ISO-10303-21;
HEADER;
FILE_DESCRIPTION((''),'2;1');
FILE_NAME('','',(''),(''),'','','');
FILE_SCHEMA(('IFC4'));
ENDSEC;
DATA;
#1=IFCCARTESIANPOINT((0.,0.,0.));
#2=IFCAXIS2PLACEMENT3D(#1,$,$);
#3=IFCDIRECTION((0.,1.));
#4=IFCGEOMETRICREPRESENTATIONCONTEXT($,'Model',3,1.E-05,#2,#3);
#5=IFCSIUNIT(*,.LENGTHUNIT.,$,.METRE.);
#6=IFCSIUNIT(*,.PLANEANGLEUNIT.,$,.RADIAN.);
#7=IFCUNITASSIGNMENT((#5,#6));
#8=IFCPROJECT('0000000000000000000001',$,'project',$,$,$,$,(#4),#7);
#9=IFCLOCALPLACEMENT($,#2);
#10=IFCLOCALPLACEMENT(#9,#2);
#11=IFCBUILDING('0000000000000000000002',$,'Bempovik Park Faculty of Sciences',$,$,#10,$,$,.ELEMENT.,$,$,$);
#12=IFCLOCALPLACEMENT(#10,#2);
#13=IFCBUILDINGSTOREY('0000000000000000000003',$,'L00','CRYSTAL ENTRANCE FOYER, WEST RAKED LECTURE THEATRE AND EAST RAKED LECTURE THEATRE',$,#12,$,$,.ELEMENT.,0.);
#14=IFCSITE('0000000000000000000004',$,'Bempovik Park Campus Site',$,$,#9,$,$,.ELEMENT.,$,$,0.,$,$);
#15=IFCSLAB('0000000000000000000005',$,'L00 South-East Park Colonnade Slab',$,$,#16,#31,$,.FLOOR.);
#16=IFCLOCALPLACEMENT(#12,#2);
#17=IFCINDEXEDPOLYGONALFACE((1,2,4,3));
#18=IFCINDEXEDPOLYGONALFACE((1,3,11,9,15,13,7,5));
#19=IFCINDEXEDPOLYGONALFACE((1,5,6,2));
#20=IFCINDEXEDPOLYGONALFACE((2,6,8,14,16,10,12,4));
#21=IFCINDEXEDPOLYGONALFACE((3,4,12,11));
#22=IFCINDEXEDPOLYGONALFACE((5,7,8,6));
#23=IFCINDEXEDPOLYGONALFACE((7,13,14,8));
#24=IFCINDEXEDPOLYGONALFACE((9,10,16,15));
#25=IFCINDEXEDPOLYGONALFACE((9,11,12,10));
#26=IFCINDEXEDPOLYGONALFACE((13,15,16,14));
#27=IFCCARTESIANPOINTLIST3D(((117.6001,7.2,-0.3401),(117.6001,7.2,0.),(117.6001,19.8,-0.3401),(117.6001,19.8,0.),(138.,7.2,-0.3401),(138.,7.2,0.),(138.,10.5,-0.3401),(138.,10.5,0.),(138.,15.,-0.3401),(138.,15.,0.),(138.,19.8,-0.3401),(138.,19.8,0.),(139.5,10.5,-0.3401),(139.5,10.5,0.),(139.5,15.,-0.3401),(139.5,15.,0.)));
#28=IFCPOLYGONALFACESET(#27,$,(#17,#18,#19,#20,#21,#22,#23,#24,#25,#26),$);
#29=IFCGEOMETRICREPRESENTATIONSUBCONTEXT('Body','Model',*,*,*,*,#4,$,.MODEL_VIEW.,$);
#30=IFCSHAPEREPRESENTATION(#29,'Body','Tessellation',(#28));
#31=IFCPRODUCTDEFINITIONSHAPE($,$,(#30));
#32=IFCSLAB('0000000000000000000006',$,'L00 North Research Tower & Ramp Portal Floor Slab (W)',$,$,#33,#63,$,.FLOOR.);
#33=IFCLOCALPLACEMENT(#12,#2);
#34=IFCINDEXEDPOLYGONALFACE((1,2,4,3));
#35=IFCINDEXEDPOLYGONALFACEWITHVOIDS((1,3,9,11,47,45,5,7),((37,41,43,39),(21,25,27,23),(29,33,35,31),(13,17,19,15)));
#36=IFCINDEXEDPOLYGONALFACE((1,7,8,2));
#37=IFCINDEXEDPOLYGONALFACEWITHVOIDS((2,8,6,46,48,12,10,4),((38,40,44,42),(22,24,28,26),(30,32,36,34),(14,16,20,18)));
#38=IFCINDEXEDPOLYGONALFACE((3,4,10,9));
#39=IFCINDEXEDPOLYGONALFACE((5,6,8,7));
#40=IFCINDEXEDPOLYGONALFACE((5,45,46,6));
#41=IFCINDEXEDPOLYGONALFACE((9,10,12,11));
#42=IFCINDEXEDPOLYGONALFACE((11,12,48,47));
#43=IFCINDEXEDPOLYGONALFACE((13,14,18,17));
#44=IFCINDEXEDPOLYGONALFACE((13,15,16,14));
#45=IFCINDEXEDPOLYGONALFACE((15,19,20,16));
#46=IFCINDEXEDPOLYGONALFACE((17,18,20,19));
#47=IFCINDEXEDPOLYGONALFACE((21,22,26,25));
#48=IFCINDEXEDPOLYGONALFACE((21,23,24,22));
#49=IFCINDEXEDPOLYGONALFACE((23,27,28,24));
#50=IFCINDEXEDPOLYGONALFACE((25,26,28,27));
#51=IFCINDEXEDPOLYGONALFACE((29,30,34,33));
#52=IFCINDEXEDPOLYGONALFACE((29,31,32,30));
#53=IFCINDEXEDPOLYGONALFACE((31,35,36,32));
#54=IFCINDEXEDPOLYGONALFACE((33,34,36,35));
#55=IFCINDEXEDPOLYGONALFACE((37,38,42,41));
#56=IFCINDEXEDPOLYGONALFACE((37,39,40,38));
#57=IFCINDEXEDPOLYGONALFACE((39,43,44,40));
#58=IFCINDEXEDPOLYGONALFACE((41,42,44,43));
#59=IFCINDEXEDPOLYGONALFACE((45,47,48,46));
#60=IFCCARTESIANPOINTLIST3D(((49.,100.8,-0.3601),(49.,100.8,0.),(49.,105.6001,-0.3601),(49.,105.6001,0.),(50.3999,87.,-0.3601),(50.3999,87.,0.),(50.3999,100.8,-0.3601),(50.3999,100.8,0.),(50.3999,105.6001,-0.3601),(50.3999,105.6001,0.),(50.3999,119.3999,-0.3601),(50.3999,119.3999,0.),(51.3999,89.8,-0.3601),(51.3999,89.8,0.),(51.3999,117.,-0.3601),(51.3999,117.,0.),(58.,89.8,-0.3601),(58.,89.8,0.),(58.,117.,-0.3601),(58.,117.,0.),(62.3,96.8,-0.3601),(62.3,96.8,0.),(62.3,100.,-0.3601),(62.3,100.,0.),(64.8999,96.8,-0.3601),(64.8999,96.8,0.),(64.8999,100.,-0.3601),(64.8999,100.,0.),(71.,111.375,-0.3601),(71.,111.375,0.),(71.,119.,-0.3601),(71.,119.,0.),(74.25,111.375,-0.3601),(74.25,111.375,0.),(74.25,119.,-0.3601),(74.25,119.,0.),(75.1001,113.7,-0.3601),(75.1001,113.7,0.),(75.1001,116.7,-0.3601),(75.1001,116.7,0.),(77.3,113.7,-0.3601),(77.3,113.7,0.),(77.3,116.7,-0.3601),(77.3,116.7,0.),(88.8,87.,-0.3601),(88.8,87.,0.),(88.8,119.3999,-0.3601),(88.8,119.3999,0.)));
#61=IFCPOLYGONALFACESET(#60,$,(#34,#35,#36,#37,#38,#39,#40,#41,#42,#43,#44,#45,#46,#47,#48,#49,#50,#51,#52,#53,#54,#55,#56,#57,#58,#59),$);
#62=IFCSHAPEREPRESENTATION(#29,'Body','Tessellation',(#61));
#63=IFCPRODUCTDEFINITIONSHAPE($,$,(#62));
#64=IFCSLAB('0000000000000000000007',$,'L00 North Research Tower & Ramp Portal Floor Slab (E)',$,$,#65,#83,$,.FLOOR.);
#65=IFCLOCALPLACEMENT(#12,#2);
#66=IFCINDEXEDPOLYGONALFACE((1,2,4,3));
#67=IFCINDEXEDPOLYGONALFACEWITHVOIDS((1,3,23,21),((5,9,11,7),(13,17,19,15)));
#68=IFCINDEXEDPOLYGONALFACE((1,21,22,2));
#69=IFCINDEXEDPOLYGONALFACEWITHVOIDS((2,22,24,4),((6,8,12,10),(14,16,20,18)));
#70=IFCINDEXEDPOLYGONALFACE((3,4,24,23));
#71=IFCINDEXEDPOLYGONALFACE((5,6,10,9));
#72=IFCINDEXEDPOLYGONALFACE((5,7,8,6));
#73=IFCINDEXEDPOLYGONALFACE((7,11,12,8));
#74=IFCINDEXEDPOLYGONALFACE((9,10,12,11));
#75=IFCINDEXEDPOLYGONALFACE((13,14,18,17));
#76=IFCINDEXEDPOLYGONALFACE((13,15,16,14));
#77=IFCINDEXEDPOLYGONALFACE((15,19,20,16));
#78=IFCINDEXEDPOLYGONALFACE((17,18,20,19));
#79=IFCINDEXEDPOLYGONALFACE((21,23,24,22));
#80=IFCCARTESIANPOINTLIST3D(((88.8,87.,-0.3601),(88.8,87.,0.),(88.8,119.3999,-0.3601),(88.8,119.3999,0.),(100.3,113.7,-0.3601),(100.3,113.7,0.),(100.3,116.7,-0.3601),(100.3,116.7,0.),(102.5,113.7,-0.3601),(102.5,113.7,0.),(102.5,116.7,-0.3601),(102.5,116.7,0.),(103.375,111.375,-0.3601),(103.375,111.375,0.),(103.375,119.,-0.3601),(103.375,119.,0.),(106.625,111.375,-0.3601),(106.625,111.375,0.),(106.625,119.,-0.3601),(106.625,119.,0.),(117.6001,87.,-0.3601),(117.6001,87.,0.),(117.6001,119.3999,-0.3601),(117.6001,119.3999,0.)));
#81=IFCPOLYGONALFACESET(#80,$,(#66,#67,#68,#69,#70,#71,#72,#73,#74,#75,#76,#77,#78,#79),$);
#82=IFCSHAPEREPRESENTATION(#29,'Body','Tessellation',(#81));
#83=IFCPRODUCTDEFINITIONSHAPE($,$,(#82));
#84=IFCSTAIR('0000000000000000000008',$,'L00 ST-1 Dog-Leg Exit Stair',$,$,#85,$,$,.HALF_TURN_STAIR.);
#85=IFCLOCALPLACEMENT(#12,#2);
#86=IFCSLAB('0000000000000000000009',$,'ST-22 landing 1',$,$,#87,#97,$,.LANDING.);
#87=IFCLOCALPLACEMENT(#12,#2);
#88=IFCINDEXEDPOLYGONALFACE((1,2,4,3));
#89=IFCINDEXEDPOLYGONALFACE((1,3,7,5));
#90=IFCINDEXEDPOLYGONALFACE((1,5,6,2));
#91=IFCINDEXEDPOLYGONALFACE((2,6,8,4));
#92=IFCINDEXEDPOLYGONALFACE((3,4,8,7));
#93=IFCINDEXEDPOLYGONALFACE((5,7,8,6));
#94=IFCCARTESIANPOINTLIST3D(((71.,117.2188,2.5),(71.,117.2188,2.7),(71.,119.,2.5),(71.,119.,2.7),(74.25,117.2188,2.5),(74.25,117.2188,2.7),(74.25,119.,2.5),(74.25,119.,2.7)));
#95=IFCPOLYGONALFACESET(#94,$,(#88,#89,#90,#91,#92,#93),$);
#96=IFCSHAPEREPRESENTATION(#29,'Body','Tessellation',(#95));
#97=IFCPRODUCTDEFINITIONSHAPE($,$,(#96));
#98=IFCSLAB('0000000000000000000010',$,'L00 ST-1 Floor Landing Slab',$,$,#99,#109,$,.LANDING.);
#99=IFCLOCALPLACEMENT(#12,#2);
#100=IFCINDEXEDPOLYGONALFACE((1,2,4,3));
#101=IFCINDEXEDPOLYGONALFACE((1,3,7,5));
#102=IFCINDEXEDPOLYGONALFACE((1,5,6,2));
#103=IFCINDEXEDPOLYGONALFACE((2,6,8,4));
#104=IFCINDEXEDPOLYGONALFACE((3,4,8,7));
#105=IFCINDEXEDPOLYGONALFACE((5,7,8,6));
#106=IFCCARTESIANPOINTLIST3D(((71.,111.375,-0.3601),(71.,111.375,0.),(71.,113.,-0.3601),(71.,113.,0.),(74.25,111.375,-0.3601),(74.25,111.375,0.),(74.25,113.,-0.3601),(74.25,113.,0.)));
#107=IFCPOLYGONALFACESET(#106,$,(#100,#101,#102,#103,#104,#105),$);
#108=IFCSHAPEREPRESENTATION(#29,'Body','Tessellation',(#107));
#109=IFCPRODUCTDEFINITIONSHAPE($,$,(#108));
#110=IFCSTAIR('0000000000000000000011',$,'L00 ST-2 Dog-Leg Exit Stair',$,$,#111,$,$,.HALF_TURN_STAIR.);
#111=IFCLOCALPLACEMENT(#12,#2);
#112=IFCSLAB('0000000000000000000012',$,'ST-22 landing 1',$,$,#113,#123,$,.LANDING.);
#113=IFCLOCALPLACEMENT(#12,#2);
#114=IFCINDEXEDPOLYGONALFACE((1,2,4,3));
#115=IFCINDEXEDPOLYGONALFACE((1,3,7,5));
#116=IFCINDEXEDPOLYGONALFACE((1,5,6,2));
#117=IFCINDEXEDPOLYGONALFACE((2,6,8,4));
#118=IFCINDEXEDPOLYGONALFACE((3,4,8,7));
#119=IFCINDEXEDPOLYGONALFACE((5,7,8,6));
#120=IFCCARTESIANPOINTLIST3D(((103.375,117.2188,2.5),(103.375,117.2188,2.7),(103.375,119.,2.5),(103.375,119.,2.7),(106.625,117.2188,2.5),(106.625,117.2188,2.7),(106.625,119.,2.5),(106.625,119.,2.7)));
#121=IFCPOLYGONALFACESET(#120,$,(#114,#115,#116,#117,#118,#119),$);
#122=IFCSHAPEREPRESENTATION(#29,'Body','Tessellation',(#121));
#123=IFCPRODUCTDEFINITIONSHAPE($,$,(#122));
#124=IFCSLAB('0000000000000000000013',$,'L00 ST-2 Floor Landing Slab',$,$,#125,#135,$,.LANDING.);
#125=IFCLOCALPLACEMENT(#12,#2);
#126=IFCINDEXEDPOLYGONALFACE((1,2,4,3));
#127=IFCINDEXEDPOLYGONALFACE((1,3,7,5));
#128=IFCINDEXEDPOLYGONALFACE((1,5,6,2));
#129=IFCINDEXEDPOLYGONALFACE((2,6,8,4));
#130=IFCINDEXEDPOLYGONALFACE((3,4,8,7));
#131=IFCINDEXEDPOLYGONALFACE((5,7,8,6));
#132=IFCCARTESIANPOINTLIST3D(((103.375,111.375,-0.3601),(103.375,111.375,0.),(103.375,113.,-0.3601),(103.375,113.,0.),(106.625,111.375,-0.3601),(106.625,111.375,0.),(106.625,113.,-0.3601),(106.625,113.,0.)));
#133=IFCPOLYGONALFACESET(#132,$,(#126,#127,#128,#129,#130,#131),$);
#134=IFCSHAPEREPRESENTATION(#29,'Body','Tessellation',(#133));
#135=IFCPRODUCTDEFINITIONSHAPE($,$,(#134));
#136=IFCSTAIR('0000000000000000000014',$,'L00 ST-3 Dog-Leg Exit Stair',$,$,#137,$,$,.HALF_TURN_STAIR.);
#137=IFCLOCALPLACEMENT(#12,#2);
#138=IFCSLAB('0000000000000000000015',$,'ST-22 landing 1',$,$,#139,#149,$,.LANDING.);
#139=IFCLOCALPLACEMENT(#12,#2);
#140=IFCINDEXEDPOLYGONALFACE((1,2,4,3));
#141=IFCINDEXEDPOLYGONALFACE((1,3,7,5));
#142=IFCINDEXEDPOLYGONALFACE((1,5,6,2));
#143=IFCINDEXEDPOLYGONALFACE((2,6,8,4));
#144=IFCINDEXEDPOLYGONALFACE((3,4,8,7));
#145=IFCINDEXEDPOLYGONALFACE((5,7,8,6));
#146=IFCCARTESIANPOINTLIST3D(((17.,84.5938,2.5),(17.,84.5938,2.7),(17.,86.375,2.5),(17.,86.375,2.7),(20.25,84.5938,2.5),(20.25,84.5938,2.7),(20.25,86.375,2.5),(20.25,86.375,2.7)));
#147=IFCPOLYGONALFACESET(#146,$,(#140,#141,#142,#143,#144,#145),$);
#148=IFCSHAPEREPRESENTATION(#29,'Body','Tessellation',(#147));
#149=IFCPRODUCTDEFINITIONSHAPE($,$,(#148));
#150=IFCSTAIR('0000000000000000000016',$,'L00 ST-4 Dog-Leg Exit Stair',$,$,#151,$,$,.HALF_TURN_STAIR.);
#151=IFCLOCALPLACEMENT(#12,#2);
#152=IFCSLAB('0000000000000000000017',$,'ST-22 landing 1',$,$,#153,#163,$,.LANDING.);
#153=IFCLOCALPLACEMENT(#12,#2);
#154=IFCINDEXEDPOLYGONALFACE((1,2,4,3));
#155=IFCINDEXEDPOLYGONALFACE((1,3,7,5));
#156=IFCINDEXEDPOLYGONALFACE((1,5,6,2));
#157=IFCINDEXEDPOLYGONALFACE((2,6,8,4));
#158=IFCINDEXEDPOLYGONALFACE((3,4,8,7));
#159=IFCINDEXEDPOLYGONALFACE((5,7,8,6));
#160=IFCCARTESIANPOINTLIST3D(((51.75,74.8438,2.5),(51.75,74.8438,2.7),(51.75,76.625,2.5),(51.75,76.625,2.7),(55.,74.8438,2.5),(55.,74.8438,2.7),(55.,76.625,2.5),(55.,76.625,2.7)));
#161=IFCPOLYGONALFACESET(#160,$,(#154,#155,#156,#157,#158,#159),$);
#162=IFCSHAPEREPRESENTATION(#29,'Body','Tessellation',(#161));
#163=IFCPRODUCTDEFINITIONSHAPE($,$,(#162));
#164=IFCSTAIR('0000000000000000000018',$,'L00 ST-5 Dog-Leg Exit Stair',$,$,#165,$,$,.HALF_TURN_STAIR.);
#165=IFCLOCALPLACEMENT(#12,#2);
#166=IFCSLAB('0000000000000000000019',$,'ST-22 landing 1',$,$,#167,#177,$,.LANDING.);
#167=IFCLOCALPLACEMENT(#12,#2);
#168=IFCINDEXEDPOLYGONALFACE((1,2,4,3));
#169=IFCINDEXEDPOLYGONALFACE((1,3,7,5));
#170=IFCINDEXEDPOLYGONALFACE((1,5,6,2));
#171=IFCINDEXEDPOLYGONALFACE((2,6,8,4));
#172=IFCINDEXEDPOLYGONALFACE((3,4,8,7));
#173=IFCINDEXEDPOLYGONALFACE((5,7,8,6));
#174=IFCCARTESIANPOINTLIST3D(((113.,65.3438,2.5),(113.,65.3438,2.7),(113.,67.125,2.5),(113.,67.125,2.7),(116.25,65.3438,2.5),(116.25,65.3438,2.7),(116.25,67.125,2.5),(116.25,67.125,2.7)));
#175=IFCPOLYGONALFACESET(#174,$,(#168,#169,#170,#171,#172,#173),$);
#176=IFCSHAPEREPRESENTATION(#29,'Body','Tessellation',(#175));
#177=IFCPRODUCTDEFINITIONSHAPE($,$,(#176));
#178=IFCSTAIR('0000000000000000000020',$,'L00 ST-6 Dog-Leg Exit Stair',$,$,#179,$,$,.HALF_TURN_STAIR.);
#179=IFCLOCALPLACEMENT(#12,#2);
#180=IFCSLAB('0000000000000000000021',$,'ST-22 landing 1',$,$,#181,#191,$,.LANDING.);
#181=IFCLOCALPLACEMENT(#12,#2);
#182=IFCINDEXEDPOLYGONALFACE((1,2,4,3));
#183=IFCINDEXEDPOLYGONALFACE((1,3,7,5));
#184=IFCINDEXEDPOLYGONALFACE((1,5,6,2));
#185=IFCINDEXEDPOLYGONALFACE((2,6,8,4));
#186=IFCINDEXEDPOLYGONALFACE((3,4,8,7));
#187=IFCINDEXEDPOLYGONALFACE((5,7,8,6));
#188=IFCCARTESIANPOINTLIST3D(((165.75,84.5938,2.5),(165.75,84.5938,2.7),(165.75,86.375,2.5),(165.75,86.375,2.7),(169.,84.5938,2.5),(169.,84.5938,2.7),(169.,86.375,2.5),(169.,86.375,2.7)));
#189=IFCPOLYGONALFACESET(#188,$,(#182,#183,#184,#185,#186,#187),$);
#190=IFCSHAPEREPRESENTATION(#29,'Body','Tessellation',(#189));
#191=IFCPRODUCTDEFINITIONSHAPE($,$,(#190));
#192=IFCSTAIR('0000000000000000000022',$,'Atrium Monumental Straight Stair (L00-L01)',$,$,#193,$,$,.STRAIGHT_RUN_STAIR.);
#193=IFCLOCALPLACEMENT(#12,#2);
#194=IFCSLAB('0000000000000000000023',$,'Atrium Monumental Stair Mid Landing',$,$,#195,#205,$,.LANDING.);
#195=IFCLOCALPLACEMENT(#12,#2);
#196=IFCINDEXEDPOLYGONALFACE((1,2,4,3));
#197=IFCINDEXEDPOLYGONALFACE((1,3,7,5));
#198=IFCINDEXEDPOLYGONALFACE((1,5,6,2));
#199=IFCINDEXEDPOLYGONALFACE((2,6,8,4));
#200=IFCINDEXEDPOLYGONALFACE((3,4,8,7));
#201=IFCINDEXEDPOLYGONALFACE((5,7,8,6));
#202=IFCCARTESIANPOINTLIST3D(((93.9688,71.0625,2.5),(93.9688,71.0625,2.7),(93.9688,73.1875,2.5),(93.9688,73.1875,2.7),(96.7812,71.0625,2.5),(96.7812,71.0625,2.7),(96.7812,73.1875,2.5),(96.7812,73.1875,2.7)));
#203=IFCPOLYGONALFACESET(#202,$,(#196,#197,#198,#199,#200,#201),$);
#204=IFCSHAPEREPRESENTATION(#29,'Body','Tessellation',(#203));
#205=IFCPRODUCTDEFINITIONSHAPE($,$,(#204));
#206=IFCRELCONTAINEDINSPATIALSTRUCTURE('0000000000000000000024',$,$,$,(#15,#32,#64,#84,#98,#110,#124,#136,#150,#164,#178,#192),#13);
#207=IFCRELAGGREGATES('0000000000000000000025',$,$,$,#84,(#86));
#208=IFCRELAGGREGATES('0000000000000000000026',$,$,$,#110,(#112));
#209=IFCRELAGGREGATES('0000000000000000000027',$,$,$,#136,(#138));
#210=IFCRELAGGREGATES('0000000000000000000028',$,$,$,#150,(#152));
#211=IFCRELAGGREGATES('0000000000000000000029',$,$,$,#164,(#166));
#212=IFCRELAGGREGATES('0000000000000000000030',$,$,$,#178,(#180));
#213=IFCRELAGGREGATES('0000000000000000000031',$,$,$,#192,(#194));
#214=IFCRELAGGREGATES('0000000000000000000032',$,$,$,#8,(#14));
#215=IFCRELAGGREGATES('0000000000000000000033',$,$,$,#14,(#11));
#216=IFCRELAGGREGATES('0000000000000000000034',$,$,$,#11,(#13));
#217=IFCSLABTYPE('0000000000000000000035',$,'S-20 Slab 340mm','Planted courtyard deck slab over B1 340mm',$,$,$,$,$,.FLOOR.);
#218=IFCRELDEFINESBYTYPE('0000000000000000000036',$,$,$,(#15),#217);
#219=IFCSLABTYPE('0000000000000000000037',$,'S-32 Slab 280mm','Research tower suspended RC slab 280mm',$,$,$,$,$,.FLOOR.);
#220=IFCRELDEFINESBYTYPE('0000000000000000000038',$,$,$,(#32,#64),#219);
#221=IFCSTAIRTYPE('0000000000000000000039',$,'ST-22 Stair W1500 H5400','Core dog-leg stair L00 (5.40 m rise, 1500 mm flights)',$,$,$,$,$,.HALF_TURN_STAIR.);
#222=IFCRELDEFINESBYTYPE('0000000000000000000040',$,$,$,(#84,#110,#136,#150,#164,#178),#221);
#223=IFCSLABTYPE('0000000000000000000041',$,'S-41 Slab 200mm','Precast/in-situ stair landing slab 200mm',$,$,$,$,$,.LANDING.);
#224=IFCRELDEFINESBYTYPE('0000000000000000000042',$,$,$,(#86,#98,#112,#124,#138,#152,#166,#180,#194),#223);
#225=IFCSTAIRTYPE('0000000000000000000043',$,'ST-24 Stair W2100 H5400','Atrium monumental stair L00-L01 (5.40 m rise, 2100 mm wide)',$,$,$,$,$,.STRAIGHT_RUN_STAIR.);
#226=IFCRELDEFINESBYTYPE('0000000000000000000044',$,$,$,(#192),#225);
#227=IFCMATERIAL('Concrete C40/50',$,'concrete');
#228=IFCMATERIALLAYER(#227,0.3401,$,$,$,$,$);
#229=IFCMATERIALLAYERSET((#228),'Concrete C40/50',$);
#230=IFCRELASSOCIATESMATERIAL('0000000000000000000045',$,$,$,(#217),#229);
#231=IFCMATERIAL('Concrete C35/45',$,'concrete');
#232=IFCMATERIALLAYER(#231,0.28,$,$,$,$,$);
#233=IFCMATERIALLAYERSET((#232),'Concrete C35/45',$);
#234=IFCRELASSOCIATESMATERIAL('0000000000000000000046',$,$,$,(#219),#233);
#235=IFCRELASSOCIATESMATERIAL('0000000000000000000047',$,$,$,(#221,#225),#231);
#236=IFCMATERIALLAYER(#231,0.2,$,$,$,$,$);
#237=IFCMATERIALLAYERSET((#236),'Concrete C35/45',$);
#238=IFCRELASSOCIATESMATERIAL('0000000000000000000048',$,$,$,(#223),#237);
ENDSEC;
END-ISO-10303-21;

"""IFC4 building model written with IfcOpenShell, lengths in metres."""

from ifc_helpers import new_model, si_unit, direction, frame, origin, place, context, subcontext, project, spatial, polyline, outline, extrude, material, layer, layer_set, type_object, element, aggregate, save


model = new_model("IFC4")

# Units and contexts
model_context = context("Model", 3, precision=1e-05, world=origin(), true_north=direction((0.0, 1.0)))
body_context = subcontext(model_context, "Body", "Model", "MODEL_VIEW")
ifc_project = project(units=[si_unit("LENGTHUNIT", "METRE"), si_unit("PLANEANGLEUNIT", "RADIAN")], contexts=[model_context])

# Site, building, storey
site_placement = place(None, origin())
site = spatial("IfcSite", under=ifc_project, at=site_placement, Name="Bempovik Park Campus Site", CompositionType="ELEMENT", RefElevation=0.0)
building_placement = place(site_placement, origin())
building = spatial("IfcBuilding", under=site, at=building_placement, Name="Bempovik Park Faculty of Sciences", CompositionType="ELEMENT")
storey_placement = place(building_placement, origin())
storey = spatial("IfcBuildingStorey", under=building, at=storey_placement, Name="L00", Description="CRYSTAL ENTRANCE FOYER, WEST RAKED LECTURE THEATRE AND EAST RAKED LECTURE THEATRE", CompositionType="ELEMENT", Elevation=0.0)

# Slabs
ifc_material_1 = material(Name="Concrete C35/45", Category="concrete")
ifc_material_2 = material(Name="Concrete C40/50", Category="concrete")
ifc_layer_1 = layer(ifc_material_2, 0.3401)
ifc_layer_set_1 = layer_set([ifc_layer_1], Name="Concrete C40/50")
slab_type_1 = type_object("IfcSlabType", Name="S-20 Slab 340mm", Description="Planted courtyard deck slab over B1 340mm", PredefinedType="FLOOR", material=ifc_layer_set_1)
slab_1_placement = place(storey_placement, frame((0.0, 0.0, -0.3401)))
element("IfcSlab", 1, at=slab_1_placement, inside=storey, type_object=slab_type_1, Name="L00 South-East Park Colonnade Slab", PredefinedType="FLOOR", context=body_context, shape_type="SweptSolid", body=[
    extrude(outline(polyline([(117.6001, 7.2), (138.0, 7.2), (138.0, 10.5), (139.5, 10.5), (139.5, 15.0), (138.0, 15.0), (138.0, 19.8), (117.6001, 19.8), (117.6001, 7.2)])), origin(), (0.0, 0.0, 1.0), 0.3401),
])
ifc_layer_2 = layer(ifc_material_1, 0.28)
ifc_layer_set_2 = layer_set([ifc_layer_2], Name="Concrete C35/45")
slab_type_2 = type_object("IfcSlabType", Name="S-32 Slab 280mm", Description="Research tower suspended RC slab 280mm", PredefinedType="FLOOR", material=ifc_layer_set_2)
slab_2_placement = place(storey_placement, frame((0.0, 0.0, -0.3601)))
element("IfcSlab", 2, at=slab_2_placement, inside=storey, type_object=slab_type_2, Name="L00 North Research Tower & Ramp Portal Floor Slab (W)", PredefinedType="FLOOR", context=body_context, shape_type="SweptSolid", body=[
    extrude(outline(polyline([(50.3999, 87.0), (88.8, 87.0), (88.8, 119.3999), (50.3999, 119.3999), (50.3999, 105.6001), (49.0, 105.6001), (49.0, 100.8), (50.3999, 100.8), (50.3999, 87.0)]), holes=[polyline([(71.0, 111.375), (74.25, 111.375), (74.25, 119.0), (71.0, 119.0), (71.0, 111.375)]), polyline([(75.1001, 113.7), (77.3, 113.7), (77.3, 116.7), (75.1001, 116.7), (75.1001, 113.7)]), polyline([(62.3, 96.8), (64.8999, 96.8), (64.8999, 100.0), (62.3, 100.0), (62.3, 96.8)]), polyline([(51.3999, 89.8), (58.0, 89.8), (58.0, 117.0), (51.3999, 117.0), (51.3999, 89.8)])]), origin(), (0.0, 0.0, 1.0), 0.3601),
])
slab_3_placement = place(storey_placement, frame((0.0, 0.0, -0.3601)))
element("IfcSlab", 3, at=slab_3_placement, inside=storey, type_object=slab_type_2, Name="L00 North Research Tower & Ramp Portal Floor Slab (E)", PredefinedType="FLOOR", context=body_context, shape_type="SweptSolid", body=[
    extrude(outline(polyline([(88.8, 87.0), (117.6001, 87.0), (117.6001, 119.3999), (88.8, 119.3999), (88.8, 87.0)]), holes=[polyline([(103.375, 111.375), (106.625, 111.375), (106.625, 119.0), (103.375, 119.0), (103.375, 111.375)]), polyline([(100.3, 113.7), (102.5, 113.7), (102.5, 116.7), (100.3, 116.7), (100.3, 113.7)])]), origin(), (0.0, 0.0, 1.0), 0.3601),
])

# Stair, slab
stair_type_1 = type_object("IfcStairType", Name="ST-22 Stair W1500 H5400", Description="Core dog-leg stair L00 (5.40 m rise, 1500 mm flights)", PredefinedType="HALF_TURN_STAIR", material=ifc_material_1)
stair_1_placement = place(storey_placement, origin())
stair_1 = element("IfcStair", 4, at=stair_1_placement, inside=storey, type_object=stair_type_1, Name="L00 ST-1 Dog-Leg Exit Stair", PredefinedType="HALF_TURN_STAIR")
ifc_layer_3 = layer(ifc_material_1, 0.2)
ifc_layer_set_3 = layer_set([ifc_layer_3], Name="Concrete C35/45")
slab_type_3 = type_object("IfcSlabType", Name="S-41 Slab 200mm", Description="Precast/in-situ stair landing slab 200mm", PredefinedType="LANDING", material=ifc_layer_set_3)
slab_4_placement = place(storey_placement, frame((0.0, 0.0, 2.5)))
slab_4 = element("IfcSlab", 5, at=slab_4_placement, type_object=slab_type_3, Name="ST-22 landing 1", PredefinedType="LANDING", context=body_context, shape_type="SweptSolid", body=[
    extrude(outline(polyline([(74.25, 117.2188), (74.25, 119.0), (71.0, 119.0), (71.0, 117.2188), (74.25, 117.2188)])), origin(), (0.0, 0.0, 1.0), 0.2),
])
aggregate(stair_1, [slab_4])

# Slab
slab_5_placement = place(storey_placement, frame((0.0, 0.0, -0.3601)))
element("IfcSlab", 6, at=slab_5_placement, inside=storey, type_object=slab_type_3, Name="L00 ST-1 Floor Landing Slab", PredefinedType="LANDING", context=body_context, shape_type="SweptSolid", body=[
    extrude(outline(polyline([(74.25, 111.375), (74.25, 113.0), (71.0, 113.0), (71.0, 111.375), (74.25, 111.375)])), origin(), (0.0, 0.0, 1.0), 0.3601),
])

# Stair, slab
stair_2_placement = place(storey_placement, origin())
stair_2 = element("IfcStair", 7, at=stair_2_placement, inside=storey, type_object=stair_type_1, Name="L00 ST-2 Dog-Leg Exit Stair", PredefinedType="HALF_TURN_STAIR")
slab_6_placement = place(storey_placement, frame((0.0, 0.0, 2.5)))
slab_6 = element("IfcSlab", 8, at=slab_6_placement, type_object=slab_type_3, Name="ST-22 landing 1", PredefinedType="LANDING", context=body_context, shape_type="SweptSolid", body=[
    extrude(outline(polyline([(106.625, 117.2188), (106.625, 119.0), (103.375, 119.0), (103.375, 117.2188), (106.625, 117.2188)])), origin(), (0.0, 0.0, 1.0), 0.2),
])
aggregate(stair_2, [slab_6])

# Slab
slab_7_placement = place(storey_placement, frame((0.0, 0.0, -0.3601)))
element("IfcSlab", 9, at=slab_7_placement, inside=storey, type_object=slab_type_3, Name="L00 ST-2 Floor Landing Slab", PredefinedType="LANDING", context=body_context, shape_type="SweptSolid", body=[
    extrude(outline(polyline([(106.625, 111.375), (106.625, 113.0), (103.375, 113.0), (103.375, 111.375), (106.625, 111.375)])), origin(), (0.0, 0.0, 1.0), 0.3601),
])

# Stairs, slabs
stair_3_placement = place(storey_placement, origin())
stair_3 = element("IfcStair", 10, at=stair_3_placement, inside=storey, type_object=stair_type_1, Name="L00 ST-3 Dog-Leg Exit Stair", PredefinedType="HALF_TURN_STAIR")
slab_8_placement = place(storey_placement, frame((0.0, 0.0, 2.5)))
slab_8 = element("IfcSlab", 11, at=slab_8_placement, type_object=slab_type_3, Name="ST-22 landing 1", PredefinedType="LANDING", context=body_context, shape_type="SweptSolid", body=[
    extrude(outline(polyline([(20.25, 84.5938), (20.25, 86.375), (17.0, 86.375), (17.0, 84.5938), (20.25, 84.5938)])), origin(), (0.0, 0.0, 1.0), 0.2),
])
aggregate(stair_3, [slab_8])
stair_4_placement = place(storey_placement, origin())
stair_4 = element("IfcStair", 12, at=stair_4_placement, inside=storey, type_object=stair_type_1, Name="L00 ST-4 Dog-Leg Exit Stair", PredefinedType="HALF_TURN_STAIR")
slab_9_placement = place(storey_placement, frame((0.0, 0.0, 2.5)))
slab_9 = element("IfcSlab", 13, at=slab_9_placement, type_object=slab_type_3, Name="ST-22 landing 1", PredefinedType="LANDING", context=body_context, shape_type="SweptSolid", body=[
    extrude(outline(polyline([(55.0, 74.8438), (55.0, 76.625), (51.75, 76.625), (51.75, 74.8438), (55.0, 74.8438)])), origin(), (0.0, 0.0, 1.0), 0.2),
])
aggregate(stair_4, [slab_9])
stair_5_placement = place(storey_placement, origin())
stair_5 = element("IfcStair", 14, at=stair_5_placement, inside=storey, type_object=stair_type_1, Name="L00 ST-5 Dog-Leg Exit Stair", PredefinedType="HALF_TURN_STAIR")
slab_10_placement = place(storey_placement, frame((0.0, 0.0, 2.5)))
slab_10 = element("IfcSlab", 15, at=slab_10_placement, type_object=slab_type_3, Name="ST-22 landing 1", PredefinedType="LANDING", context=body_context, shape_type="SweptSolid", body=[
    extrude(outline(polyline([(116.25, 65.3438), (116.25, 67.125), (113.0, 67.125), (113.0, 65.3438), (116.25, 65.3438)])), origin(), (0.0, 0.0, 1.0), 0.2),
])
aggregate(stair_5, [slab_10])
stair_6_placement = place(storey_placement, origin())
stair_6 = element("IfcStair", 16, at=stair_6_placement, inside=storey, type_object=stair_type_1, Name="L00 ST-6 Dog-Leg Exit Stair", PredefinedType="HALF_TURN_STAIR")
slab_11_placement = place(storey_placement, frame((0.0, 0.0, 2.5)))
slab_11 = element("IfcSlab", 17, at=slab_11_placement, type_object=slab_type_3, Name="ST-22 landing 1", PredefinedType="LANDING", context=body_context, shape_type="SweptSolid", body=[
    extrude(outline(polyline([(169.0, 84.5938), (169.0, 86.375), (165.75, 86.375), (165.75, 84.5938), (169.0, 84.5938)])), origin(), (0.0, 0.0, 1.0), 0.2),
])
aggregate(stair_6, [slab_11])

# Stair, slab
stair_type_2 = type_object("IfcStairType", Name="ST-24 Stair W2100 H5400", Description="Atrium monumental stair L00-L01 (5.40 m rise, 2100 mm wide)", PredefinedType="STRAIGHT_RUN_STAIR", material=ifc_material_1)
stair_7_placement = place(storey_placement, origin())
stair_7 = element("IfcStair", 18, at=stair_7_placement, inside=storey, type_object=stair_type_2, Name="Atrium Monumental Straight Stair (L00-L01)", PredefinedType="STRAIGHT_RUN_STAIR")
slab_12_placement = place(storey_placement, frame((0.0, 0.0, 2.5)))
slab_12 = element("IfcSlab", 19, at=slab_12_placement, type_object=slab_type_3, Name="Atrium Monumental Stair Mid Landing", PredefinedType="LANDING", context=body_context, shape_type="SweptSolid", body=[
    extrude(outline(polyline([(93.9688, 71.0625), (96.7812, 71.0625), (96.7812, 73.1875), (93.9688, 73.1875), (93.9688, 71.0625)])), origin(), (0.0, 0.0, 1.0), 0.2),
])
aggregate(stair_7, [slab_12])

save(model, "model.ifc")
